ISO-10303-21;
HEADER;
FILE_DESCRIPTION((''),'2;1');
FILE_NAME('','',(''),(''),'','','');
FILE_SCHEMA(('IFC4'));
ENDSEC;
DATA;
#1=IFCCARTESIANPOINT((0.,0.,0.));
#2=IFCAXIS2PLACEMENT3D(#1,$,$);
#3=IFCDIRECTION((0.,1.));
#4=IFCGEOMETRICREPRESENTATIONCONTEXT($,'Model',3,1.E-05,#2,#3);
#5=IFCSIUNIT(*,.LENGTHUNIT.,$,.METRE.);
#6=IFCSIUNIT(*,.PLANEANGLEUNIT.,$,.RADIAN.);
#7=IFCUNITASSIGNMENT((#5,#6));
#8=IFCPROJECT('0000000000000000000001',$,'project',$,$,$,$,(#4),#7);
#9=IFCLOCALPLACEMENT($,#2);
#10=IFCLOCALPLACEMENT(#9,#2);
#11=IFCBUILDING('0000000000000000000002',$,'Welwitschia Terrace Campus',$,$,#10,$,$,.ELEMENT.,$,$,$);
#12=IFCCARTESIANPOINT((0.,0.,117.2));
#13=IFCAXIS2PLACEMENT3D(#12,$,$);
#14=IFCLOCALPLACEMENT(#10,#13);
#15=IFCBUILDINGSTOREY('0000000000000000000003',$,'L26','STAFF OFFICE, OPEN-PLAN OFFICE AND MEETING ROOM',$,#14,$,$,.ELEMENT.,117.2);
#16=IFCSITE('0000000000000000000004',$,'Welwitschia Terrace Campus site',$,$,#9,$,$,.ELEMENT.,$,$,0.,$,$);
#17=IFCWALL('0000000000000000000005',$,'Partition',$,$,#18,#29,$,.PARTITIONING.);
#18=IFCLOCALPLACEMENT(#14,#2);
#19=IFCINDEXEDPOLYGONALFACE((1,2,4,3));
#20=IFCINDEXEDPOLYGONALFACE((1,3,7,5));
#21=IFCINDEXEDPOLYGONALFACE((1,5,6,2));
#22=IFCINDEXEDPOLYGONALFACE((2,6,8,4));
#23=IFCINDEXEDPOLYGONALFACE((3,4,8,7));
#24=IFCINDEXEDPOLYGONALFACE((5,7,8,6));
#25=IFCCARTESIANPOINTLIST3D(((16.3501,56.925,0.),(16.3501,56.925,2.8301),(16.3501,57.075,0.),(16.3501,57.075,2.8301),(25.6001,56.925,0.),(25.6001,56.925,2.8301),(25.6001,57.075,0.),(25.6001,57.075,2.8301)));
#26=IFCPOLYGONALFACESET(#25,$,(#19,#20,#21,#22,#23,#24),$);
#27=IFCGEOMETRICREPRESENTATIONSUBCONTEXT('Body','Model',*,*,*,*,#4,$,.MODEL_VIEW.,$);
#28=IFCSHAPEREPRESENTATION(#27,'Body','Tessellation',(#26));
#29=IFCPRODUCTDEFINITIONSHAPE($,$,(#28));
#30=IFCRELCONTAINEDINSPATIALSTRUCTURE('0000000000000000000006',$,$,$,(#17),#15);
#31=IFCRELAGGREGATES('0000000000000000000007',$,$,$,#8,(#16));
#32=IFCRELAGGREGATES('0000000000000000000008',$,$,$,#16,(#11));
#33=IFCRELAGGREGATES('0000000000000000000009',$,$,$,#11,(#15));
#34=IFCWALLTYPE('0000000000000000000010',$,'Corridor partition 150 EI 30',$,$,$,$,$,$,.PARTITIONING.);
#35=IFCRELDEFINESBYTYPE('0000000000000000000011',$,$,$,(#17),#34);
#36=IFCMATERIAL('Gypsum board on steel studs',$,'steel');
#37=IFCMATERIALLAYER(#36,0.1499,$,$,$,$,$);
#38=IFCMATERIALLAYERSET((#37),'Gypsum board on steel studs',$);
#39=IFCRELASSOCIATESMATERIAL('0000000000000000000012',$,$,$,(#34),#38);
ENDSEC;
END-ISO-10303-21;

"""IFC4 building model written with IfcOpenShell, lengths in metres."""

from ifc_helpers import new_model, si_unit, direction, frame, frame_2d, origin, place, context, subcontext, project, spatial, rectangle, extrude, material, layer, layer_set, type_object, element, save


model = new_model("IFC4")

# Units and contexts
model_context = context("Model", 3, precision=1e-05, world=origin(), true_north=direction((0.0, 1.0)))
body_context = subcontext(model_context, "Body", "Model", "MODEL_VIEW")
ifc_project = project(units=[si_unit("LENGTHUNIT", "METRE"), si_unit("PLANEANGLEUNIT", "RADIAN")], contexts=[model_context])

# Site, building, storey
site_placement = place(None, origin())
site = spatial("IfcSite", under=ifc_project, at=site_placement, Name="Welwitschia Terrace Campus site", CompositionType="ELEMENT", RefElevation=0.0)
building_placement = place(site_placement, origin())
building = spatial("IfcBuilding", under=site, at=building_placement, Name="Welwitschia Terrace Campus", CompositionType="ELEMENT")
storey_placement = place(building_placement, frame((0.0, 0.0, 117.2)))
storey = spatial("IfcBuildingStorey", under=building, at=storey_placement, Name="L26", Description="STAFF OFFICE, OPEN-PLAN OFFICE AND MEETING ROOM", CompositionType="ELEMENT", Elevation=117.2)

# Shared definitions
ifc_material_1 = material(Name="Gypsum board on steel studs", Category="steel")
ifc_layer_1 = layer(ifc_material_1, 0.1499)
ifc_layer_set_1 = layer_set([ifc_layer_1], Name="Gypsum board on steel studs")
wall_type = type_object("IfcWallType", Name="Corridor partition 150 EI 30", PredefinedType="PARTITIONING", material=ifc_layer_set_1)

# Wall
wall_1_placement = place(storey_placement, frame((16.3501, 57.0, 0.0), z_axis=(0.0, 0.0, 1.0), x_axis=(1.0, 0.0, 0.0)))
element("IfcWall", 1, at=wall_1_placement, inside=storey, type_object=wall_type, Name="Partition", PredefinedType="PARTITIONING", context=body_context, shape_type="SweptSolid", body=[
    extrude(rectangle(XDim=9.25, YDim=0.1499, at=frame_2d((4.625, 0.0))), origin(), (0.0, 0.0, 1.0), 2.8301),
])

save(model, "model.ifc")
